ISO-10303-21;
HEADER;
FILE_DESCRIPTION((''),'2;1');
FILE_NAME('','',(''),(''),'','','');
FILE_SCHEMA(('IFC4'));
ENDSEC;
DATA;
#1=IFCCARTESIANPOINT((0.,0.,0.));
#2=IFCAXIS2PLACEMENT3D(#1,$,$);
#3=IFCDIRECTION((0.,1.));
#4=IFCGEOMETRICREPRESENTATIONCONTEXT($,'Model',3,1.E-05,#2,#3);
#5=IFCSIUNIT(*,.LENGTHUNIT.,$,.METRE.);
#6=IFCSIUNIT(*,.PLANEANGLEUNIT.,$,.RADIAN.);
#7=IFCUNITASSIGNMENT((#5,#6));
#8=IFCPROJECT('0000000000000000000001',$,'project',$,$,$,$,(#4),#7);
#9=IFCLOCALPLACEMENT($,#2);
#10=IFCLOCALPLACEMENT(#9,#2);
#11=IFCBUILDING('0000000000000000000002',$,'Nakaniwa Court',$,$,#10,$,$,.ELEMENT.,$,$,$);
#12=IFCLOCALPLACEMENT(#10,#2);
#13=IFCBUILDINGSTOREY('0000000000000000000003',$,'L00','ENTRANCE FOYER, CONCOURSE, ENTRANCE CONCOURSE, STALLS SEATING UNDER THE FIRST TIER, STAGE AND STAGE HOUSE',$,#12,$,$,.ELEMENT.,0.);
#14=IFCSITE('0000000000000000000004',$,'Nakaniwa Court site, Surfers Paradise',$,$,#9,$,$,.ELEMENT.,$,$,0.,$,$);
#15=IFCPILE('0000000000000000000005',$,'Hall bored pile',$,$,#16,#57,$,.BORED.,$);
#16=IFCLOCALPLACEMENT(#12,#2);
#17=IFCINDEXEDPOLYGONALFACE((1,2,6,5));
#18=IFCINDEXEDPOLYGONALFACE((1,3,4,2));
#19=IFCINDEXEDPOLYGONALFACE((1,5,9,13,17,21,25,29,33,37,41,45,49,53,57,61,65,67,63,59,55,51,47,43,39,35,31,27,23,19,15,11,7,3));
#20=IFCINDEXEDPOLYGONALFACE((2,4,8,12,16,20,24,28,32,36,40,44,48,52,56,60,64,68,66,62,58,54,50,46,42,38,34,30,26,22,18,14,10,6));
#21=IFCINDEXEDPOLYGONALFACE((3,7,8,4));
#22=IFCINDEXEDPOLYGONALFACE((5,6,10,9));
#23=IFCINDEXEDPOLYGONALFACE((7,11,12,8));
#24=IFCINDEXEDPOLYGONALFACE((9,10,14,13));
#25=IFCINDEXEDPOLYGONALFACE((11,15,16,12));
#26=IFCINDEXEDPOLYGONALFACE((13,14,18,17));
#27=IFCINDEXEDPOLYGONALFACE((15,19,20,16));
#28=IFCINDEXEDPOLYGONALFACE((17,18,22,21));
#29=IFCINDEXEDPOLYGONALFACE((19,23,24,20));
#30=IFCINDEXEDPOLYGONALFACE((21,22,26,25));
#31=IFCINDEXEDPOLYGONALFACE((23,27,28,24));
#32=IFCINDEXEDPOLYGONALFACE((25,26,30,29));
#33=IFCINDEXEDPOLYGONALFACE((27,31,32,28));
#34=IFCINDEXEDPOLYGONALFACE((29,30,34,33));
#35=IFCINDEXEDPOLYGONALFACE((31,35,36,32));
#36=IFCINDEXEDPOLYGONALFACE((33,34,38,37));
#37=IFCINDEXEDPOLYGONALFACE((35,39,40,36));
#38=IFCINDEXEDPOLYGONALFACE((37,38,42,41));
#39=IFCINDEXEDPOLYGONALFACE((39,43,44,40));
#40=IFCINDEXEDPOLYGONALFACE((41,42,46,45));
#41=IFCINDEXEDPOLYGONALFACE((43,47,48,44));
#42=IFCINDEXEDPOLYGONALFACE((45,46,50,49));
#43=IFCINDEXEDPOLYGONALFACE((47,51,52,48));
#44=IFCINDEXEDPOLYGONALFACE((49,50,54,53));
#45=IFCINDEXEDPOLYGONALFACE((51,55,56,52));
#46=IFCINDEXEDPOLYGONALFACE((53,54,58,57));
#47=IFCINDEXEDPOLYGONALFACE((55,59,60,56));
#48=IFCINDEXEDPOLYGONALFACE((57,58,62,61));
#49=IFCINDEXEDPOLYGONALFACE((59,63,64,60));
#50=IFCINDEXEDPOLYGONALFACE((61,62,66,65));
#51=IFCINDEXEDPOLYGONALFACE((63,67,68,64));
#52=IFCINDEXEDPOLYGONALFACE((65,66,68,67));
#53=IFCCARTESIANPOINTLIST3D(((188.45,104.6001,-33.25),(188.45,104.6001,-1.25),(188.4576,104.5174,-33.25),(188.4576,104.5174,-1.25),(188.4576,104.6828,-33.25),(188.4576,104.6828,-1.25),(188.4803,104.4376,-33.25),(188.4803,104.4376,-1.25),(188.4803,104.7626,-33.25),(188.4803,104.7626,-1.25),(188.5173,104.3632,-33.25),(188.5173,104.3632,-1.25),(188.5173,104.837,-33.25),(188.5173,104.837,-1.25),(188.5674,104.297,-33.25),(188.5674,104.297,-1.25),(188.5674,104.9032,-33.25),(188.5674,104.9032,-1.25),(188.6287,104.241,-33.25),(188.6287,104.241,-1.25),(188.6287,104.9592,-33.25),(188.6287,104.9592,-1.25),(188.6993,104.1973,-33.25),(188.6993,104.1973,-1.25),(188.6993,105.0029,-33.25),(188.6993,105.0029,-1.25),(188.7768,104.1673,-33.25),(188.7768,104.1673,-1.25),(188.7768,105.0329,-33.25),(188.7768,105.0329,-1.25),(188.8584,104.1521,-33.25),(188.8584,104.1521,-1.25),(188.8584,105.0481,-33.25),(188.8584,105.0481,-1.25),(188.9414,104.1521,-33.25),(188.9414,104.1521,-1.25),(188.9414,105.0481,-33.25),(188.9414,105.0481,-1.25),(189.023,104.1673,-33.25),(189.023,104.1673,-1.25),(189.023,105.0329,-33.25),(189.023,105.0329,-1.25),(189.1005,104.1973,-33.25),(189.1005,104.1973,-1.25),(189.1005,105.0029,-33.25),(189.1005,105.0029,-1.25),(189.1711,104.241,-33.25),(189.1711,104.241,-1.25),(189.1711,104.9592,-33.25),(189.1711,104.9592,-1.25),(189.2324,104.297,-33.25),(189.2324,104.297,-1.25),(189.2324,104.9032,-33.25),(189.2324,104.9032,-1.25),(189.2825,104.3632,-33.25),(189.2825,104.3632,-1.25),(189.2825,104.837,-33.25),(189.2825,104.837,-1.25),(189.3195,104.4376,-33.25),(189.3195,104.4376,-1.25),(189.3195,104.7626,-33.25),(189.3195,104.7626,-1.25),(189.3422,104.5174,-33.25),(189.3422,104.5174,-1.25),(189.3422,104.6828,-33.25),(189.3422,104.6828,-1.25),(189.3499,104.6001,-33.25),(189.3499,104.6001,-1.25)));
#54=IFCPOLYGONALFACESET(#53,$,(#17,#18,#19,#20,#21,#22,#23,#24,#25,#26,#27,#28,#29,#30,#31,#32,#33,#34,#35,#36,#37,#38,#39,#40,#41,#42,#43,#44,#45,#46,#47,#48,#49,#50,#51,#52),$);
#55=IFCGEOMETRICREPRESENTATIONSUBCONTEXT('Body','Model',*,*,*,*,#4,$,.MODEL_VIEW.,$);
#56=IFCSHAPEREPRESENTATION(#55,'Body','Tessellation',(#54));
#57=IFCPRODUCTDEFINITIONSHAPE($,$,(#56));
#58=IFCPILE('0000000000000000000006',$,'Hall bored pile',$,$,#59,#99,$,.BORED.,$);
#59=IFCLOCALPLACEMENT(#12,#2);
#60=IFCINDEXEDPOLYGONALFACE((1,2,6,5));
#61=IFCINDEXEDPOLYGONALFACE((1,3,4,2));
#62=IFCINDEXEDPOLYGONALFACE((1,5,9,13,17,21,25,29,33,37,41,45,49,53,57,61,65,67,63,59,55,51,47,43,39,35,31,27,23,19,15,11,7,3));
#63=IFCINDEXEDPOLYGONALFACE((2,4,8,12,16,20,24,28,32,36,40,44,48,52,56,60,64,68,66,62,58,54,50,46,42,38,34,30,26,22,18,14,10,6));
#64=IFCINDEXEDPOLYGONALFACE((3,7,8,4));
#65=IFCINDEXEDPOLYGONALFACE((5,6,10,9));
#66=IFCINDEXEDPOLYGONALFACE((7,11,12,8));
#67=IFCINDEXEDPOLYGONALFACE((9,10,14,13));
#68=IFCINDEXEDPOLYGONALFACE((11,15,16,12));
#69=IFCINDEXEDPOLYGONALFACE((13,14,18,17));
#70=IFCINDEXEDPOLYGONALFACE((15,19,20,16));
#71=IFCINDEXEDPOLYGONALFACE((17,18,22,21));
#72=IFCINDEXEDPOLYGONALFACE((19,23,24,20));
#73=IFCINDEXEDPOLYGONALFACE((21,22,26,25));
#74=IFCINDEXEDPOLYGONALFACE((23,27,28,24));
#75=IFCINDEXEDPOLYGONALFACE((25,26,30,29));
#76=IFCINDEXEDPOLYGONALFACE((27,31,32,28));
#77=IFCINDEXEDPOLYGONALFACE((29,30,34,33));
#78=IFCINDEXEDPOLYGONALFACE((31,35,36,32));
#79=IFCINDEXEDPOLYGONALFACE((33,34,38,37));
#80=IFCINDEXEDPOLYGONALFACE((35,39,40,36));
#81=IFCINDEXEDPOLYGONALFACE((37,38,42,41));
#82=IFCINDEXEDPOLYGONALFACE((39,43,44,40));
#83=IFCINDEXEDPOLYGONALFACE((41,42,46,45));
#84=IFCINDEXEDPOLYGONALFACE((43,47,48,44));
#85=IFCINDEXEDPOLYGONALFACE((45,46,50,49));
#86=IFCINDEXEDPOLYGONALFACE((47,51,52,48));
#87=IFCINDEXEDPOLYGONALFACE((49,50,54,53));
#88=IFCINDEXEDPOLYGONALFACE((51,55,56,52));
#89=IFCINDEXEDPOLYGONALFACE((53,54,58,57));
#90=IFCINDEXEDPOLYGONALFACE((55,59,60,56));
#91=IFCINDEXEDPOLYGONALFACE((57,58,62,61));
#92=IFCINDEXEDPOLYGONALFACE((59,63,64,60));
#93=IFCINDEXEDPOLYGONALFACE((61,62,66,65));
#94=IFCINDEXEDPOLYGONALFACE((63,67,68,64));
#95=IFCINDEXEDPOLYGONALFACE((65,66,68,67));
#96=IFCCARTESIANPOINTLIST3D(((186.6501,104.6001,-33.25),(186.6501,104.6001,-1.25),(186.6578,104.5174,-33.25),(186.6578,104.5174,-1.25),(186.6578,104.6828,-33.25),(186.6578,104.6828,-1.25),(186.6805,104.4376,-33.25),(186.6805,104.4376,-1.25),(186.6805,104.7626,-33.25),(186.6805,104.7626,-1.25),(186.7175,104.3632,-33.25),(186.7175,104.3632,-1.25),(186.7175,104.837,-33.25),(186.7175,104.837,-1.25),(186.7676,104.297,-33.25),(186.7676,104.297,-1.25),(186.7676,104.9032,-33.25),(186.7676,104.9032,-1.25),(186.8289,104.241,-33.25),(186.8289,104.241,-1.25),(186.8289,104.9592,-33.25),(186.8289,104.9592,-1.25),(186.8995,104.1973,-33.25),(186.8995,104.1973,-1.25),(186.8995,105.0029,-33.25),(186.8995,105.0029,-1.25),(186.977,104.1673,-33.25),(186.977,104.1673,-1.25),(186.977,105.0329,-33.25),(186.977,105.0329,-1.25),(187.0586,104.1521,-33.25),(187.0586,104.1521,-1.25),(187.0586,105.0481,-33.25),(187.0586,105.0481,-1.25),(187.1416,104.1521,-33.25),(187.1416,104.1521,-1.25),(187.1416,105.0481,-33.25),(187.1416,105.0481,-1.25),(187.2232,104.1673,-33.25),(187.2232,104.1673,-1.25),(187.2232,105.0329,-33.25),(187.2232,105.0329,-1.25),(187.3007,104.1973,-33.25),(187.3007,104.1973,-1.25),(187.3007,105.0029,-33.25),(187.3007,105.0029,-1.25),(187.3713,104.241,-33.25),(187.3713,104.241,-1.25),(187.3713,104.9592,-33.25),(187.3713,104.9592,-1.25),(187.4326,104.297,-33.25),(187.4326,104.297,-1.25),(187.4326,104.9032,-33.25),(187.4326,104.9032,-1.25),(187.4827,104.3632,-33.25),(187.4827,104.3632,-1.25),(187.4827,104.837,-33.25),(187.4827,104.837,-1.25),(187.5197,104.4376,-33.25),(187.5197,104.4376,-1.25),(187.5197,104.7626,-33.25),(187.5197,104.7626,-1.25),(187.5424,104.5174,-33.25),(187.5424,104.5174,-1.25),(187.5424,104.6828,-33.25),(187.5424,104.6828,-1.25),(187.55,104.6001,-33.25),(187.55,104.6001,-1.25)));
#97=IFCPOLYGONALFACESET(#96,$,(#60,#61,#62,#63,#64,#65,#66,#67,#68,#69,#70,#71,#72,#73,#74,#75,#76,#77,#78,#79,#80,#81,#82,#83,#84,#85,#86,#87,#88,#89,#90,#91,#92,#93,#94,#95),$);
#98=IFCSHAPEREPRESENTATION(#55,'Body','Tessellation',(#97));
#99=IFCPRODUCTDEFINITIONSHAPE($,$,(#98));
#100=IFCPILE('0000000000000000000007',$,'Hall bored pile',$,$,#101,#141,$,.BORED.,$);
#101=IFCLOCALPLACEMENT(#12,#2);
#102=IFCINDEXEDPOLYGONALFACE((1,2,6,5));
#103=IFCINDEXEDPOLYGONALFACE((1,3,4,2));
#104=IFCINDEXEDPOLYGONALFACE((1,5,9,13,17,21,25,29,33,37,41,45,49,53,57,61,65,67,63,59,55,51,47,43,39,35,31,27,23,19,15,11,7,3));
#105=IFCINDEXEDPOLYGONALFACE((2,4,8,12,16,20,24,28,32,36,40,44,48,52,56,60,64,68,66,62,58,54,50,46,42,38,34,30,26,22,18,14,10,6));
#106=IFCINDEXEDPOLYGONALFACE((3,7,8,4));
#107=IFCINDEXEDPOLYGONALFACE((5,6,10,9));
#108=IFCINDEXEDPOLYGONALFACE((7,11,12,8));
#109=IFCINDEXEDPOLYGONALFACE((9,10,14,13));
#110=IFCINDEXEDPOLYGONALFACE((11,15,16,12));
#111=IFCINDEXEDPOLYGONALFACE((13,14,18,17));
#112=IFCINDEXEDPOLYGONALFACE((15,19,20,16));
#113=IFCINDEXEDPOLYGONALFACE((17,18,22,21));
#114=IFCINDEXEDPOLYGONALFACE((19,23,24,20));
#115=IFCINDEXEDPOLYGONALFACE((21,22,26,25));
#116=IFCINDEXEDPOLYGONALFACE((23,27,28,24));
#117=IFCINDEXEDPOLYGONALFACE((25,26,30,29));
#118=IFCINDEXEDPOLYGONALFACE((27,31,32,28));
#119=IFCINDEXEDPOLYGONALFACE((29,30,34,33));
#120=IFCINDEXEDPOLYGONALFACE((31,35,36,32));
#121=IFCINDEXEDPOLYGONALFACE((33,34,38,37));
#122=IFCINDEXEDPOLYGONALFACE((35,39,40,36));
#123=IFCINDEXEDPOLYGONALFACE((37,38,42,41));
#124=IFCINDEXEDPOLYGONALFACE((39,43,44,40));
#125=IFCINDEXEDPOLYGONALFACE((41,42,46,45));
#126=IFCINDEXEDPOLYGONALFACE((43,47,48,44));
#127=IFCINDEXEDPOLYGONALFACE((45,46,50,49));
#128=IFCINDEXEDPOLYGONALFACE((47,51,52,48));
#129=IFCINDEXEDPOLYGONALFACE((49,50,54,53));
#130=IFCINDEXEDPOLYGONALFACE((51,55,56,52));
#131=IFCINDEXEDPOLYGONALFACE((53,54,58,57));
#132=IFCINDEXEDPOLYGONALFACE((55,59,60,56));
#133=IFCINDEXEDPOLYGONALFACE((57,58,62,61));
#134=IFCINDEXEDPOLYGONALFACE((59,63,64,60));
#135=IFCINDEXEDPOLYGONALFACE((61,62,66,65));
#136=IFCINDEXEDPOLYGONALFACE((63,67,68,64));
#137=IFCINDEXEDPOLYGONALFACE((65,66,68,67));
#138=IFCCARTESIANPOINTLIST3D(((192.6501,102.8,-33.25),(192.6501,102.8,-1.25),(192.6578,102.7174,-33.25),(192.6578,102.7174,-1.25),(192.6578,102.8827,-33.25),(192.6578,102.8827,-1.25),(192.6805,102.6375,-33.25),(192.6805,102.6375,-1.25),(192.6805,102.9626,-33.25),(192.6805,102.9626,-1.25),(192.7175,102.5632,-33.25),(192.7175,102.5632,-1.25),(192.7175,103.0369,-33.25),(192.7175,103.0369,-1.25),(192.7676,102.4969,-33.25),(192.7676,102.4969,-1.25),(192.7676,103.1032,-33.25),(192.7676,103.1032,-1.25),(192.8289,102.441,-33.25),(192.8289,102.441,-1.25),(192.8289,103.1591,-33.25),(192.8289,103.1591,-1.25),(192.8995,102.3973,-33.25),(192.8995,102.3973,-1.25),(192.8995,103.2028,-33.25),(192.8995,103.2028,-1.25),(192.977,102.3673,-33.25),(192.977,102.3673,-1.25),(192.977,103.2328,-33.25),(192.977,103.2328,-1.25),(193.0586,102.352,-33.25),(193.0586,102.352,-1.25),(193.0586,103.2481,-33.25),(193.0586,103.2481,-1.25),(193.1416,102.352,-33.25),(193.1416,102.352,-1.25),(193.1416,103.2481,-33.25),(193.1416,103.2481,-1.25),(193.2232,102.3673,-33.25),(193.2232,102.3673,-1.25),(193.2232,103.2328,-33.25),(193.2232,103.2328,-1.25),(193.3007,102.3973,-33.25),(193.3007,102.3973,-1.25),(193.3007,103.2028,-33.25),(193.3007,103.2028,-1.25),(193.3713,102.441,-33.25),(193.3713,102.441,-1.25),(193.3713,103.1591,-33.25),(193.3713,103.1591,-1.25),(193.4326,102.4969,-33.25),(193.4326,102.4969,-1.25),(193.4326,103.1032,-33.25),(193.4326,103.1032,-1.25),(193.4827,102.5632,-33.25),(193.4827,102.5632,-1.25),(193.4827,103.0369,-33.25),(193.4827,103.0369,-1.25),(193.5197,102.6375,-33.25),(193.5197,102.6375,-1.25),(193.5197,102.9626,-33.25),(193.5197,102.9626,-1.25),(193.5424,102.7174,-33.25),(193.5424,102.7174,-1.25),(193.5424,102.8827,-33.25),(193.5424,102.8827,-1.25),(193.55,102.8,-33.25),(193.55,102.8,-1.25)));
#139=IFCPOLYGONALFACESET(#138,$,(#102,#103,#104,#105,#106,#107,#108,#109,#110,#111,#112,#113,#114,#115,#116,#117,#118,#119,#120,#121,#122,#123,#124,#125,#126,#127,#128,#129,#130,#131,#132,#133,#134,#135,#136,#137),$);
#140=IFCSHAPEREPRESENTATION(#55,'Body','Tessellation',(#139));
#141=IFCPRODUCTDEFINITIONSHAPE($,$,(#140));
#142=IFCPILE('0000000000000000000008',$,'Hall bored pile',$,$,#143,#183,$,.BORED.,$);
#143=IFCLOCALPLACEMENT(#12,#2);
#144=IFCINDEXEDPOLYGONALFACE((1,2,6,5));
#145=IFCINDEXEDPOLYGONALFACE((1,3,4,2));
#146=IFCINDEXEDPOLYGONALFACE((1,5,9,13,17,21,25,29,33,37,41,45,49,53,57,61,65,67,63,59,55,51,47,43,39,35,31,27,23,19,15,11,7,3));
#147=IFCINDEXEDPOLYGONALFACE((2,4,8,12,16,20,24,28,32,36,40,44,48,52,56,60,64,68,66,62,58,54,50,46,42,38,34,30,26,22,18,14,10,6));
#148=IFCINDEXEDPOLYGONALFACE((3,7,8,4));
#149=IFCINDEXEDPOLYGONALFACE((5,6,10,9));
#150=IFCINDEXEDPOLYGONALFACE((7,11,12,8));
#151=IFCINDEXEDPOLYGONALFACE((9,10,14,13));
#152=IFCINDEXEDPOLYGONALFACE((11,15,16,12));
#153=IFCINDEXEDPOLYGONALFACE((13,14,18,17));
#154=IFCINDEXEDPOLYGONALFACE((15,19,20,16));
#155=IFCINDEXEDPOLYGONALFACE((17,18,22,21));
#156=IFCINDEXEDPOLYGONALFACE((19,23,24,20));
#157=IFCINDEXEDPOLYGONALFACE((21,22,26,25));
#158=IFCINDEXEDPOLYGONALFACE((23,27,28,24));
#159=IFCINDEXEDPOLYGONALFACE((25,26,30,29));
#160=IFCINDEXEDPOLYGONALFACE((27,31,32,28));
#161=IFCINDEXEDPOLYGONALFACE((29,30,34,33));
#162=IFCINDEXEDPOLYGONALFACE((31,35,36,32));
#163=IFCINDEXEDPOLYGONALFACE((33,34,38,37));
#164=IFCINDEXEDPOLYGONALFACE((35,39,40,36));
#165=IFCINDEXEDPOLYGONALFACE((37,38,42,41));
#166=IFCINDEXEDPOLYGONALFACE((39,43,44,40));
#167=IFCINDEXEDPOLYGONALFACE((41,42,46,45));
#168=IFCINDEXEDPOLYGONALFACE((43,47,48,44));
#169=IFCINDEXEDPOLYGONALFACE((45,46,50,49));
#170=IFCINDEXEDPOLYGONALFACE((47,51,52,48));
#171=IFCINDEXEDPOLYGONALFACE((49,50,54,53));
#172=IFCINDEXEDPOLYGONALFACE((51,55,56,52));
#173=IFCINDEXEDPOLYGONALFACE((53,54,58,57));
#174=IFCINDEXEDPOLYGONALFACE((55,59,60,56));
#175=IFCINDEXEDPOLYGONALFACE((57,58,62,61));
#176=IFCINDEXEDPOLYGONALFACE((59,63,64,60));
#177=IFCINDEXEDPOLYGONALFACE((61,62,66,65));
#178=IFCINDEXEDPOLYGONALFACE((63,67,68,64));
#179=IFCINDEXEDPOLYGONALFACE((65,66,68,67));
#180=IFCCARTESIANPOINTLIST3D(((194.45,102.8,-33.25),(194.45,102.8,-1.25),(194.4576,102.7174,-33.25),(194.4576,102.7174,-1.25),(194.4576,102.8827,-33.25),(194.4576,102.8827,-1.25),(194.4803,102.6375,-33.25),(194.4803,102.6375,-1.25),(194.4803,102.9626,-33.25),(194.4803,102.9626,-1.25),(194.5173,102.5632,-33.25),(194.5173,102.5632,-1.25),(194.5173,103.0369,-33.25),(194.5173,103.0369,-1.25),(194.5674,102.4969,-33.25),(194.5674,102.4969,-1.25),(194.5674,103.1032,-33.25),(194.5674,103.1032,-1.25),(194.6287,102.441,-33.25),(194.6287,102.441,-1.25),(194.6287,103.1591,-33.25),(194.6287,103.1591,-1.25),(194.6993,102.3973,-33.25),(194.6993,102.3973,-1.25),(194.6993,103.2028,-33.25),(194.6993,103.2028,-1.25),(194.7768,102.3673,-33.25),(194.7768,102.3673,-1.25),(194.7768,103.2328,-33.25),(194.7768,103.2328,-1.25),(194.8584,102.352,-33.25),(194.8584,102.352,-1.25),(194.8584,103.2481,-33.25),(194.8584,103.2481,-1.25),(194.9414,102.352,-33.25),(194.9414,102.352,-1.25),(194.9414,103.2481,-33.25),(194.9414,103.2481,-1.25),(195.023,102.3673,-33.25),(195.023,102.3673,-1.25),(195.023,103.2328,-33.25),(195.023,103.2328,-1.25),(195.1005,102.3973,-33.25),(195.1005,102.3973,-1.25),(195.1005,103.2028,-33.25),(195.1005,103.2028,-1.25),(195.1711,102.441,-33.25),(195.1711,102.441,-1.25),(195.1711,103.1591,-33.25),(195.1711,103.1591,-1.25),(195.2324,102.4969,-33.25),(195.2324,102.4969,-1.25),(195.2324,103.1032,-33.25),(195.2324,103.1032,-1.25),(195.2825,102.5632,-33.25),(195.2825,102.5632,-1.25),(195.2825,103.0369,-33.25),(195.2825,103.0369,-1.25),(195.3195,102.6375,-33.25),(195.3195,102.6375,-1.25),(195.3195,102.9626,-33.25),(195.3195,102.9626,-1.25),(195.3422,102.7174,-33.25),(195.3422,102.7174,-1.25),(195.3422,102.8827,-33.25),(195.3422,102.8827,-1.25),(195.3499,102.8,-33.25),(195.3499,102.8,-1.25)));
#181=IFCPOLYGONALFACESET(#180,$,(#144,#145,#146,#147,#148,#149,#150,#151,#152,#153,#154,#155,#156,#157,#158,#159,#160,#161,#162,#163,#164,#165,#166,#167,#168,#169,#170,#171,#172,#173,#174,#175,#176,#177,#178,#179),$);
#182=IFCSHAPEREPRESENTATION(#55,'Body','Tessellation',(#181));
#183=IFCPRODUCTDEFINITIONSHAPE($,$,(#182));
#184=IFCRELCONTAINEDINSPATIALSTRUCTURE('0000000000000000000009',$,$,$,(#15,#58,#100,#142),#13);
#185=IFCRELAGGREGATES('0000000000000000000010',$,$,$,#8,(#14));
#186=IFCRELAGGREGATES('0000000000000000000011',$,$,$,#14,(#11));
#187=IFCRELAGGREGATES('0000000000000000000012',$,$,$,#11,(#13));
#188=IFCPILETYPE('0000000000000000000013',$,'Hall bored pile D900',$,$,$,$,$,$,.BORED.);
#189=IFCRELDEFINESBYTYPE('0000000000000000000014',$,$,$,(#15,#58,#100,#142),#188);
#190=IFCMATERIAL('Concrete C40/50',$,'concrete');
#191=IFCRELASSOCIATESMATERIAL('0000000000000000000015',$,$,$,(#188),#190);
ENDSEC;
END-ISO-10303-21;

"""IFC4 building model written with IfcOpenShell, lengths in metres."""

from ifc_helpers import new_model, si_unit, direction, frame, origin, origin_2d, place, context, subcontext, project, spatial, circle, extrude, material, material_profile, profile_set, type_object, element, save


model = new_model("IFC4")

# Units and contexts
model_context = context("Model", 3, precision=1e-05, world=origin(), true_north=direction((0.0, 1.0)))
body_context = subcontext(model_context, "Body", "Model", "MODEL_VIEW")
ifc_project = project(units=[si_unit("LENGTHUNIT", "METRE"), si_unit("PLANEANGLEUNIT", "RADIAN")], contexts=[model_context])

# Site, building, storey
site_placement = place(None, origin())
site = spatial("IfcSite", under=ifc_project, at=site_placement, Name="Nakaniwa Court site, Surfers Paradise", CompositionType="ELEMENT", RefElevation=0.0)
building_placement = place(site_placement, origin())
building = spatial("IfcBuilding", under=site, at=building_placement, Name="Nakaniwa Court", CompositionType="ELEMENT")
storey_placement = place(building_placement, origin())
storey = spatial("IfcBuildingStorey", under=building, at=storey_placement, Name="L00", Description="ENTRANCE FOYER, CONCOURSE, ENTRANCE CONCOURSE, STALLS SEATING UNDER THE FIRST TIER, STAGE AND STAGE HOUSE", CompositionType="ELEMENT", Elevation=0.0)

# Piles
ifc_material_1 = material(Name="Concrete C40/50", Category="concrete")
ifc_material_profile_1 = material_profile(ifc_material_1, circle(Radius=0.45, at=origin_2d()), Name="Bored pile D900")
ifc_profile_set_1 = profile_set([ifc_material_profile_1], Name="Concrete C40/50")
pile_type = type_object("IfcPileType", Name="Hall bored pile D900", PredefinedType="BORED", material=ifc_profile_set_1)
for number, where, z_axis, x_axis, name in (
    (1, (188.8999, 104.6001, -1.25), (0.0, 0.0, -1.0), (1.0, 0.0, 0.0), "Hall bored pile"),
    (2, (187.1001, 104.6001, -1.25), (0.0, 0.0, -1.0), (1.0, 0.0, 0.0), "Hall bored pile"),
    (3, (193.1001, 102.8, -1.25), (0.0, 0.0, -1.0), (1.0, 0.0, 0.0), "Hall bored pile"),
    (4, (194.8999, 102.8, -1.25), (0.0, 0.0, -1.0), (1.0, 0.0, 0.0), "Hall bored pile"),
):
    element("IfcPile", number, at=place(storey_placement, frame(where, z_axis=z_axis, x_axis=x_axis)), inside=storey, type_object=pile_type, Name=name, PredefinedType="BORED", context=body_context, shape_type="SweptSolid", body=[
        extrude(circle(Radius=0.45, at=origin_2d()), origin(), (0.0, 0.0, 1.0), 32.0),
    ])

save(model, "model.ifc")
